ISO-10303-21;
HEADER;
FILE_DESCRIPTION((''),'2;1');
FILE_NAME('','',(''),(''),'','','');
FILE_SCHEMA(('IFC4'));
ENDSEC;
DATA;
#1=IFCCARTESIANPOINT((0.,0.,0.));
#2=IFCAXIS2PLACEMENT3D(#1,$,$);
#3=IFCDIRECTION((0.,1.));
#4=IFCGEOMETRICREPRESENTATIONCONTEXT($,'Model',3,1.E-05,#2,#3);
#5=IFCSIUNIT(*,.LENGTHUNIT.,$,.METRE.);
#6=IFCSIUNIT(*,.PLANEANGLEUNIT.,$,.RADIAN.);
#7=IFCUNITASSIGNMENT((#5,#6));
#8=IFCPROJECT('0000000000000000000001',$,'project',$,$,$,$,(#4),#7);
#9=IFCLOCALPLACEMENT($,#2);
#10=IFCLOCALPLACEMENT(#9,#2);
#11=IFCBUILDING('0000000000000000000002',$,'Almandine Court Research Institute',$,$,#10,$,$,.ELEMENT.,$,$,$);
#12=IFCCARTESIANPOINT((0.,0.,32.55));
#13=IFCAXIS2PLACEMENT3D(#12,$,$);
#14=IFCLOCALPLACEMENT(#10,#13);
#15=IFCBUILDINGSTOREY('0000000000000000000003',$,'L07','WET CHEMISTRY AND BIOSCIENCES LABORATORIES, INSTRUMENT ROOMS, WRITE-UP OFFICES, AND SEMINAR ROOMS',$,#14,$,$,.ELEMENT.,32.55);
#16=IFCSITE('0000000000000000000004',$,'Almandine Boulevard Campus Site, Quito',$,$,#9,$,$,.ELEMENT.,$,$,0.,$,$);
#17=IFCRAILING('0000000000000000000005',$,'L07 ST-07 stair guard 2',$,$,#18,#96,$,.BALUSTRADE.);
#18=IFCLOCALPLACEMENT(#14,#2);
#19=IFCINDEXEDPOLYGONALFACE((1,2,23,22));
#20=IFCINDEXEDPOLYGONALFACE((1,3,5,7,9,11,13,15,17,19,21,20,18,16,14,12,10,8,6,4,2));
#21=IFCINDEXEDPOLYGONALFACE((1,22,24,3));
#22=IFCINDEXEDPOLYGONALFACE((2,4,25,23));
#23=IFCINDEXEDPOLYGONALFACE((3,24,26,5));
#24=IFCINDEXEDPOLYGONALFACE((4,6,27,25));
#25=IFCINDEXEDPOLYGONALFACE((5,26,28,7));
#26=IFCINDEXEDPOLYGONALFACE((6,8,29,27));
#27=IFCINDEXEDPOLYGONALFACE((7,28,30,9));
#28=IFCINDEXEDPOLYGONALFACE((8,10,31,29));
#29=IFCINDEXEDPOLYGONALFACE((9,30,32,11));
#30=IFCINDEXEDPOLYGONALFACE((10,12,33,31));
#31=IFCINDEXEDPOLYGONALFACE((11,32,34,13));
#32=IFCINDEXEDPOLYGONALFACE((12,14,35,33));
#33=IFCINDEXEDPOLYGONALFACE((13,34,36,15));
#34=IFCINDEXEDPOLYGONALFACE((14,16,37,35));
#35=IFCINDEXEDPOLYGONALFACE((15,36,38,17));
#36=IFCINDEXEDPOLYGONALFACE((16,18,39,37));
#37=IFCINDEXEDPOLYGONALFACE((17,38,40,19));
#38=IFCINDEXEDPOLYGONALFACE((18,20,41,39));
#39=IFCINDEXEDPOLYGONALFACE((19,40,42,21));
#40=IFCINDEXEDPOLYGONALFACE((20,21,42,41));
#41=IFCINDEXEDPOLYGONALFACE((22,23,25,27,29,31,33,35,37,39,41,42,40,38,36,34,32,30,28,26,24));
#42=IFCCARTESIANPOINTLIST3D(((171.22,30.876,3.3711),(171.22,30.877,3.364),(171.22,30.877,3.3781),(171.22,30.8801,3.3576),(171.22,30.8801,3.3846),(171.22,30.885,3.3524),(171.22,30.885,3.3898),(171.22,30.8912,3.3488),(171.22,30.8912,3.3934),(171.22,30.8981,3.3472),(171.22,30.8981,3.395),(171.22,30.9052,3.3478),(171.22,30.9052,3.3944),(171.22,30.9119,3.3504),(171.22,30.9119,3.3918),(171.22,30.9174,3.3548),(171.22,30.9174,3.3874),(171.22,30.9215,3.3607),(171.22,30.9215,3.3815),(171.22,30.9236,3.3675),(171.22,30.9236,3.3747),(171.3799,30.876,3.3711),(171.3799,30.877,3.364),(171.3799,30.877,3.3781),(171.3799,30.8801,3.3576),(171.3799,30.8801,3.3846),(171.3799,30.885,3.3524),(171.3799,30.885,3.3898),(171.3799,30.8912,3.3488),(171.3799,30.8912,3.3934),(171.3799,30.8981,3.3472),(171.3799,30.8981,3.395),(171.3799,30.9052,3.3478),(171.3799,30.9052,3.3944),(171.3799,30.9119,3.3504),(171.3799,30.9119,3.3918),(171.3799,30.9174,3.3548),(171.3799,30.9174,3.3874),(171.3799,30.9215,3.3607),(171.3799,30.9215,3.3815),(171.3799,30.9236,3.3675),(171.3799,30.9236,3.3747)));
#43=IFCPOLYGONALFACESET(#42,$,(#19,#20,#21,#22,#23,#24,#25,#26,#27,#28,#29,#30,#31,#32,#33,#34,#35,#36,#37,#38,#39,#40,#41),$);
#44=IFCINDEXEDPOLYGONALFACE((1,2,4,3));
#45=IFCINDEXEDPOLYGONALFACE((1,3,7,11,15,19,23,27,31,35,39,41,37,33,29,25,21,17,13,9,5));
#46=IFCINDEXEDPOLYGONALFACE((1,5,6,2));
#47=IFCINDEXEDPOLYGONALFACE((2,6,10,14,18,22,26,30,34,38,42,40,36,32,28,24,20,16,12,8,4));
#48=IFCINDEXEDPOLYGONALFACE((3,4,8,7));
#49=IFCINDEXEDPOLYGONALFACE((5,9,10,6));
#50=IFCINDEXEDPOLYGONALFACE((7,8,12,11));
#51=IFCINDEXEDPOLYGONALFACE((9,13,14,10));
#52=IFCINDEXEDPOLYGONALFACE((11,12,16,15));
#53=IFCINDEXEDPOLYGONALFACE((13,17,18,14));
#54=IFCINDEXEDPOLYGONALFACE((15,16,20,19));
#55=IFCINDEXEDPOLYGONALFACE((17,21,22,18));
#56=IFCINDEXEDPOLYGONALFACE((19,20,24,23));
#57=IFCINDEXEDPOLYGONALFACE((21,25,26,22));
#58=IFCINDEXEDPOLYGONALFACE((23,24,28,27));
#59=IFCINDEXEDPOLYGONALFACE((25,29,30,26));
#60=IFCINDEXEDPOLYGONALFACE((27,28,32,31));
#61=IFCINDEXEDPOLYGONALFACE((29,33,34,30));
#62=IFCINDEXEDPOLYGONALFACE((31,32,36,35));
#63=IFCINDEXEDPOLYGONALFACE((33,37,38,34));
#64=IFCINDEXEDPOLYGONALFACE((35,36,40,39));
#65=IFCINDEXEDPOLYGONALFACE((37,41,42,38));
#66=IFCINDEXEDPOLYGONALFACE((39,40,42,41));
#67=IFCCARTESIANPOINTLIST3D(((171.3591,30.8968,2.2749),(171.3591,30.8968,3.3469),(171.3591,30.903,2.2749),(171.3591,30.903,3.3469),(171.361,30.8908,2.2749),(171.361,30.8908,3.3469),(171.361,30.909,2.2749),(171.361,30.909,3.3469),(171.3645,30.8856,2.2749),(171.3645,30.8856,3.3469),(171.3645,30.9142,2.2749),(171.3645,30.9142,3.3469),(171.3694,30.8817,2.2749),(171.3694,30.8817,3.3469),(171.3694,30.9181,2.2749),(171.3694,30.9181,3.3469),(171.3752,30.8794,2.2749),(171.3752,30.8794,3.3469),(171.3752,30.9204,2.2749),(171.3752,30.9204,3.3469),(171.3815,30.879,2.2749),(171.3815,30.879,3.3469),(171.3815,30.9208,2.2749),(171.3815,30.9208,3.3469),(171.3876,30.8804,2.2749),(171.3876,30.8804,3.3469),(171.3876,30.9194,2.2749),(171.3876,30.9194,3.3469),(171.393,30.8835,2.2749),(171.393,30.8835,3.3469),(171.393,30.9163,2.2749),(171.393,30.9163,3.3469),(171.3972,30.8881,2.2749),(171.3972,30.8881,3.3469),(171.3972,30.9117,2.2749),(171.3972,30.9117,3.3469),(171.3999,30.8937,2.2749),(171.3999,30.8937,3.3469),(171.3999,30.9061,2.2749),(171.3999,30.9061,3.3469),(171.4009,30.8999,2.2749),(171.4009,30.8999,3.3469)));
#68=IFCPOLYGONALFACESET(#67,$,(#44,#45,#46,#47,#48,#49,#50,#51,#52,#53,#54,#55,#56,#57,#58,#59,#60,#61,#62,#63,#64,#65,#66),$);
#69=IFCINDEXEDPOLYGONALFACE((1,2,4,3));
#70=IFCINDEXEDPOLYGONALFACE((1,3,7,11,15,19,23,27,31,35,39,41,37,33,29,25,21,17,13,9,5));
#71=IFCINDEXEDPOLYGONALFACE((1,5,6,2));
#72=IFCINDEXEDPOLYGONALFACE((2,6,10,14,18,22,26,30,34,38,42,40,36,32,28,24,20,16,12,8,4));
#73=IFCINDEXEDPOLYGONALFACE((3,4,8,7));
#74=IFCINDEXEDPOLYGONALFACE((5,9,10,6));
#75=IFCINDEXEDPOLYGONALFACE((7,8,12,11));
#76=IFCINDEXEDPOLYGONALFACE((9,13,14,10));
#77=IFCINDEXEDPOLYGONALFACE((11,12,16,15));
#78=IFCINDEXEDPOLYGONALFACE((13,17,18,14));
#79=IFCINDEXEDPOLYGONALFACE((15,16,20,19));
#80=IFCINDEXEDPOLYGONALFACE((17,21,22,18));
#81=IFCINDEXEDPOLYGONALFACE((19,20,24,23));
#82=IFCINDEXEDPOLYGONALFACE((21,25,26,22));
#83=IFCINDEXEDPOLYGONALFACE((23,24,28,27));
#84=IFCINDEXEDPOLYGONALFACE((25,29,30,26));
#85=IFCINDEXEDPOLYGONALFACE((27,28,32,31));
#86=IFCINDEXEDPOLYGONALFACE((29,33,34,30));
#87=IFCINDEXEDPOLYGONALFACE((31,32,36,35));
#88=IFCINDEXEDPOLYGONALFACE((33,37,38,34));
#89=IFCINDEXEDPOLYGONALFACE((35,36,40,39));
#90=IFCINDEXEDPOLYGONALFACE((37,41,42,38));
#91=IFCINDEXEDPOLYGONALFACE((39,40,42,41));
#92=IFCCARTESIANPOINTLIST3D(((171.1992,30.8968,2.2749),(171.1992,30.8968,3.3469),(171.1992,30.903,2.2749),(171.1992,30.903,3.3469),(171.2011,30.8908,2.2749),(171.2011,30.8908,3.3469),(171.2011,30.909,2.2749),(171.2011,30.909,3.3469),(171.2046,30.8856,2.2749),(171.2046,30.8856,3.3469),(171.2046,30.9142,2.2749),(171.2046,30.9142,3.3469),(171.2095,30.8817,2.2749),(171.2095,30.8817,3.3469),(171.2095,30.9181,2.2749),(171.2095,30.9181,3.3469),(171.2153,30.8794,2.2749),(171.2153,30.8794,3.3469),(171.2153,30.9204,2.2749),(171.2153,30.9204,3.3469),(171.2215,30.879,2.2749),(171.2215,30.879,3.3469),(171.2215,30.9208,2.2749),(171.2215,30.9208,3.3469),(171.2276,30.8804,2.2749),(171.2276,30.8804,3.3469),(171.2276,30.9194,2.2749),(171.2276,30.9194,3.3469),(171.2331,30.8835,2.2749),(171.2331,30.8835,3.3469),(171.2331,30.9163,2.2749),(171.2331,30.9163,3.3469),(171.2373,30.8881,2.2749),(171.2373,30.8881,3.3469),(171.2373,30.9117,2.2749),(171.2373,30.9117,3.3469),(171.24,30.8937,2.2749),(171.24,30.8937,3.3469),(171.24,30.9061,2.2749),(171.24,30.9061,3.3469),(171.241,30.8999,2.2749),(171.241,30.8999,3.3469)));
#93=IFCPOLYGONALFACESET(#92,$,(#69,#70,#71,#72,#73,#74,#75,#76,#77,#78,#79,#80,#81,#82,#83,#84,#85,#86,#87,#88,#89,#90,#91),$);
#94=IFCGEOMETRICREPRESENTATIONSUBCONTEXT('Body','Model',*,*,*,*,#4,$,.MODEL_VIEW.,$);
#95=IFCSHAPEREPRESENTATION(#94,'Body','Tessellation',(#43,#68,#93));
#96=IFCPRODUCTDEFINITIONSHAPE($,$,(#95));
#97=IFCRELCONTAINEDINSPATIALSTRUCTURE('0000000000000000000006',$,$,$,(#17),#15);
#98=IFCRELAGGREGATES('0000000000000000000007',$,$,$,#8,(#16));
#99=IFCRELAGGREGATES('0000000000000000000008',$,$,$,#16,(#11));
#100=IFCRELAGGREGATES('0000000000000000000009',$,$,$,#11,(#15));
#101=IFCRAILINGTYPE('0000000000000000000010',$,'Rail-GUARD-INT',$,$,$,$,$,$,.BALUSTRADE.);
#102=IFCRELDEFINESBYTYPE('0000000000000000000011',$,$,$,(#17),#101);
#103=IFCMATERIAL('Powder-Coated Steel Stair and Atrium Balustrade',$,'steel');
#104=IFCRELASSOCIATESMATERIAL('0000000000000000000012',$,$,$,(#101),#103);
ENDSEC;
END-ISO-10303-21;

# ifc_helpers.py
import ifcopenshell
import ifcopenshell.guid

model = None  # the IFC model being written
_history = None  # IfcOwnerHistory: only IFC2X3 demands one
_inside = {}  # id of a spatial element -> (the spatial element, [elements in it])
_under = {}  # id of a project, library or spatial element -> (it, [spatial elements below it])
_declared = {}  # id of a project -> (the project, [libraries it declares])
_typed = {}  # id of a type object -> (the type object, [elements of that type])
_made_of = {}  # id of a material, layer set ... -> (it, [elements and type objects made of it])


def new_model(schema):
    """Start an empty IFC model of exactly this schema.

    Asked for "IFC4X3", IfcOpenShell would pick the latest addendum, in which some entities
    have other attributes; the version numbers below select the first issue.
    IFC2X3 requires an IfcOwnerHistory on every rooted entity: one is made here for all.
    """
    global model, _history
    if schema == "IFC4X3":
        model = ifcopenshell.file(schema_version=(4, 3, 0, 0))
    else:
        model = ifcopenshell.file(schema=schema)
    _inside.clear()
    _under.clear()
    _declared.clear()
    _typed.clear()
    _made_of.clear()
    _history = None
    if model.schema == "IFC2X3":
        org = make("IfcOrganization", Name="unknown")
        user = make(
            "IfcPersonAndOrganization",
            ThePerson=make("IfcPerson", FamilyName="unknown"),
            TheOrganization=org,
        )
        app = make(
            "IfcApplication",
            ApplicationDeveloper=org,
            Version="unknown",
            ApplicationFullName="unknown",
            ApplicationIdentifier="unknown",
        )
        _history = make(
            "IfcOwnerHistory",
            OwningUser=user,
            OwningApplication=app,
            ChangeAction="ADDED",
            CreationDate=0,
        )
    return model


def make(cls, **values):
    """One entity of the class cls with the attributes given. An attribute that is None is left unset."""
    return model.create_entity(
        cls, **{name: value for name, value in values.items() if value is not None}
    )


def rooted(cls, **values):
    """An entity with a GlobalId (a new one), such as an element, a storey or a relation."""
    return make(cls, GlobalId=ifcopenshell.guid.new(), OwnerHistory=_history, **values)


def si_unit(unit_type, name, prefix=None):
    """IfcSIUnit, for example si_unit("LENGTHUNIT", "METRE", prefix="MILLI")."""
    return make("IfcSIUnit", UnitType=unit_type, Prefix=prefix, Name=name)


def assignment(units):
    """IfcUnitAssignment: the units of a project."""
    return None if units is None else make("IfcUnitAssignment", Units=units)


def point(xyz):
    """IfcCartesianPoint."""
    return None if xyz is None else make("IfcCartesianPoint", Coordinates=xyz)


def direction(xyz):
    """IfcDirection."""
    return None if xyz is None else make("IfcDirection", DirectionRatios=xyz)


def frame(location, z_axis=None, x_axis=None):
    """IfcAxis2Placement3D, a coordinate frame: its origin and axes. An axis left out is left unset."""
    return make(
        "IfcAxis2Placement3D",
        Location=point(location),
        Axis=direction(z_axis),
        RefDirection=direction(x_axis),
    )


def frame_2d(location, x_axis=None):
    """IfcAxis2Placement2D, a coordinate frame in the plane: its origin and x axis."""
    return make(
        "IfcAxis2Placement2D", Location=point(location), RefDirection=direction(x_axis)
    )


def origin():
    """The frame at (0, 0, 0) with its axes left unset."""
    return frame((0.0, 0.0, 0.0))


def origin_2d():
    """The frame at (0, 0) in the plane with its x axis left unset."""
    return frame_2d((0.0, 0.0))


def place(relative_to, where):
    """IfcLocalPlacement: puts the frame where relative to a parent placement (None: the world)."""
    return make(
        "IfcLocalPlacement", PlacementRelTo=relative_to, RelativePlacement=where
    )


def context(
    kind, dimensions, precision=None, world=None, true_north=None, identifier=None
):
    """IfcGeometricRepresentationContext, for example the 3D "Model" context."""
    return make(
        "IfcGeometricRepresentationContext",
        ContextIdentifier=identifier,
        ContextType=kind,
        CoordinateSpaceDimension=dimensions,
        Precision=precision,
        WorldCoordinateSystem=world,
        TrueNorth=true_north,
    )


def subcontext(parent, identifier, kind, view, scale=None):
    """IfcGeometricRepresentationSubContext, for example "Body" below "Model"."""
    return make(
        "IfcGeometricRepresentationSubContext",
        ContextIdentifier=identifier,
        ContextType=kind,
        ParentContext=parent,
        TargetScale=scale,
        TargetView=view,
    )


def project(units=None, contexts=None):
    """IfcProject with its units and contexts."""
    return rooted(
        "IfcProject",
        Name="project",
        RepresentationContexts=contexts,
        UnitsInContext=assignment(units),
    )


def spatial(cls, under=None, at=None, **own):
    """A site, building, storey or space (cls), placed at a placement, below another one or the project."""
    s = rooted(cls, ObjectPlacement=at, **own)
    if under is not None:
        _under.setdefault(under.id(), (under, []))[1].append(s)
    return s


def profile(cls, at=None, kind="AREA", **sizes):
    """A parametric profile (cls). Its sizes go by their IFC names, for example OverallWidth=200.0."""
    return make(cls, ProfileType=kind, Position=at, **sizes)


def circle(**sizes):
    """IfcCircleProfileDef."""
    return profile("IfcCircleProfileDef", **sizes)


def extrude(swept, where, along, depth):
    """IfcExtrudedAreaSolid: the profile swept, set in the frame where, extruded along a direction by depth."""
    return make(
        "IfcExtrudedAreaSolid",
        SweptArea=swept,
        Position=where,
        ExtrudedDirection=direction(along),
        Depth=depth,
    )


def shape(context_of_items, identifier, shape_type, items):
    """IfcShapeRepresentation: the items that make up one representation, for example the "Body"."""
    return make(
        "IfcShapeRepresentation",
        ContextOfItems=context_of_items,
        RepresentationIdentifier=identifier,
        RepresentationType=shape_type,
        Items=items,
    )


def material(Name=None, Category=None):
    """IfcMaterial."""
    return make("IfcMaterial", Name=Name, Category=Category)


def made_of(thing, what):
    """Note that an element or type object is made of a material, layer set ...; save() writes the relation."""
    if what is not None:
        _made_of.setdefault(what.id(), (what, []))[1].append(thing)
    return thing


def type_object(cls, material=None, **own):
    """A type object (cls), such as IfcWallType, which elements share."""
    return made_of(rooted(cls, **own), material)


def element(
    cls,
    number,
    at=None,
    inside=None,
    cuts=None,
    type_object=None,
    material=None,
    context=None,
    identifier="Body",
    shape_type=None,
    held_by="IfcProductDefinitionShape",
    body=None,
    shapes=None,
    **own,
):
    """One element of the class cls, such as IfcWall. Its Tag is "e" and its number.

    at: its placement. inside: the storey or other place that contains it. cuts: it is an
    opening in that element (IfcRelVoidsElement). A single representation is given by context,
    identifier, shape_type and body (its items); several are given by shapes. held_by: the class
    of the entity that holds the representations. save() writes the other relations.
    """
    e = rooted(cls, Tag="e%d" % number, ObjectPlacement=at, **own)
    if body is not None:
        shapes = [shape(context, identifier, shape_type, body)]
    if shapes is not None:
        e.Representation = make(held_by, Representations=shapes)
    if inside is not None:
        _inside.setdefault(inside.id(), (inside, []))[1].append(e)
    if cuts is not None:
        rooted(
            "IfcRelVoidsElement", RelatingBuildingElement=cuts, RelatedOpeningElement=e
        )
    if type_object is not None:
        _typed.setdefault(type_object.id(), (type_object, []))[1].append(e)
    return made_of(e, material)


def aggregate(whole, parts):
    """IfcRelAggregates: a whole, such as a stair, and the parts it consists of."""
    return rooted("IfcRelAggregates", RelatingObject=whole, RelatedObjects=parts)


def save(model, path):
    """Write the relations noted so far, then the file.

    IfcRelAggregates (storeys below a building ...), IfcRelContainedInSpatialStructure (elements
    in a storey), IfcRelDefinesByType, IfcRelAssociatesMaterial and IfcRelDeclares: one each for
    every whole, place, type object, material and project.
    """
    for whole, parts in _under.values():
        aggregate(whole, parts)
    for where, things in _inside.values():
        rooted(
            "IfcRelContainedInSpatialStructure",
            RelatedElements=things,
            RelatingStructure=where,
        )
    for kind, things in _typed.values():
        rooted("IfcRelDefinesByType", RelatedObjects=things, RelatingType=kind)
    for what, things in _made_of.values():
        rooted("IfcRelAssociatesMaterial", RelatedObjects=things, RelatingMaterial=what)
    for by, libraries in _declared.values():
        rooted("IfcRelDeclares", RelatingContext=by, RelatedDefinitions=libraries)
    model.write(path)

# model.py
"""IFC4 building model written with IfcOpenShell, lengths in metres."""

from ifc_helpers import new_model, si_unit, direction, frame, origin, origin_2d, place, context, subcontext, project, spatial, circle, extrude, material, type_object, element, save


model = new_model("IFC4")

# Units and contexts
model_context = context("Model", 3, precision=1e-05, world=origin(), true_north=direction((0.0, 1.0)))
body_context = subcontext(model_context, "Body", "Model", "MODEL_VIEW")
ifc_project = project(units=[si_unit("LENGTHUNIT", "METRE"), si_unit("PLANEANGLEUNIT", "RADIAN")], contexts=[model_context])

# Site, building, storey
site_placement = place(None, origin())
site = spatial("IfcSite", under=ifc_project, at=site_placement, Name="Almandine Boulevard Campus Site, Quito", CompositionType="ELEMENT", RefElevation=0.0)
building_placement = place(site_placement, origin())
building = spatial("IfcBuilding", under=site, at=building_placement, Name="Almandine Court Research Institute", CompositionType="ELEMENT")
storey_placement = place(building_placement, frame((0.0, 0.0, 32.55)))
storey = spatial("IfcBuildingStorey", under=building, at=storey_placement, Name="L07", Description="WET CHEMISTRY AND BIOSCIENCES LABORATORIES, INSTRUMENT ROOMS, WRITE-UP OFFICES, AND SEMINAR ROOMS", CompositionType="ELEMENT", Elevation=32.55)

# Railing
ifc_material_1 = material(Name="Powder-Coated Steel Stair and Atrium Balustrade", Category="steel")
railing_type_1 = type_object("IfcRailingType", Name="Rail-GUARD-INT", PredefinedType="BALUSTRADE", material=ifc_material_1)
railing_1_placement = place(storey_placement, frame((171.3799, 30.8999, 2.2749)))
element("IfcRailing", 1, at=railing_1_placement, inside=storey, type_object=railing_type_1, Name="L07 ST-07 stair guard 2", PredefinedType="BALUSTRADE", context=body_context, shape_type="SweptSolid", body=[
    extrude(circle(Radius=0.0239, at=origin_2d()), frame((0.0, 0.0, 1.0962), z_axis=(-1.0, 0.0, 0.0), x_axis=(0.0, -1.0, 0.0)), (0.0, 0.0, 1.0), 0.1599),
    extrude(circle(Radius=0.021, at=origin_2d()), origin(), (0.0, 0.0, 1.0), 1.072),
    extrude(circle(Radius=0.021, at=origin_2d()), frame((-0.1599, 0.0, 0.0)), (0.0, 0.0, 1.0), 1.072),
])

save(model, "model.ifc")
